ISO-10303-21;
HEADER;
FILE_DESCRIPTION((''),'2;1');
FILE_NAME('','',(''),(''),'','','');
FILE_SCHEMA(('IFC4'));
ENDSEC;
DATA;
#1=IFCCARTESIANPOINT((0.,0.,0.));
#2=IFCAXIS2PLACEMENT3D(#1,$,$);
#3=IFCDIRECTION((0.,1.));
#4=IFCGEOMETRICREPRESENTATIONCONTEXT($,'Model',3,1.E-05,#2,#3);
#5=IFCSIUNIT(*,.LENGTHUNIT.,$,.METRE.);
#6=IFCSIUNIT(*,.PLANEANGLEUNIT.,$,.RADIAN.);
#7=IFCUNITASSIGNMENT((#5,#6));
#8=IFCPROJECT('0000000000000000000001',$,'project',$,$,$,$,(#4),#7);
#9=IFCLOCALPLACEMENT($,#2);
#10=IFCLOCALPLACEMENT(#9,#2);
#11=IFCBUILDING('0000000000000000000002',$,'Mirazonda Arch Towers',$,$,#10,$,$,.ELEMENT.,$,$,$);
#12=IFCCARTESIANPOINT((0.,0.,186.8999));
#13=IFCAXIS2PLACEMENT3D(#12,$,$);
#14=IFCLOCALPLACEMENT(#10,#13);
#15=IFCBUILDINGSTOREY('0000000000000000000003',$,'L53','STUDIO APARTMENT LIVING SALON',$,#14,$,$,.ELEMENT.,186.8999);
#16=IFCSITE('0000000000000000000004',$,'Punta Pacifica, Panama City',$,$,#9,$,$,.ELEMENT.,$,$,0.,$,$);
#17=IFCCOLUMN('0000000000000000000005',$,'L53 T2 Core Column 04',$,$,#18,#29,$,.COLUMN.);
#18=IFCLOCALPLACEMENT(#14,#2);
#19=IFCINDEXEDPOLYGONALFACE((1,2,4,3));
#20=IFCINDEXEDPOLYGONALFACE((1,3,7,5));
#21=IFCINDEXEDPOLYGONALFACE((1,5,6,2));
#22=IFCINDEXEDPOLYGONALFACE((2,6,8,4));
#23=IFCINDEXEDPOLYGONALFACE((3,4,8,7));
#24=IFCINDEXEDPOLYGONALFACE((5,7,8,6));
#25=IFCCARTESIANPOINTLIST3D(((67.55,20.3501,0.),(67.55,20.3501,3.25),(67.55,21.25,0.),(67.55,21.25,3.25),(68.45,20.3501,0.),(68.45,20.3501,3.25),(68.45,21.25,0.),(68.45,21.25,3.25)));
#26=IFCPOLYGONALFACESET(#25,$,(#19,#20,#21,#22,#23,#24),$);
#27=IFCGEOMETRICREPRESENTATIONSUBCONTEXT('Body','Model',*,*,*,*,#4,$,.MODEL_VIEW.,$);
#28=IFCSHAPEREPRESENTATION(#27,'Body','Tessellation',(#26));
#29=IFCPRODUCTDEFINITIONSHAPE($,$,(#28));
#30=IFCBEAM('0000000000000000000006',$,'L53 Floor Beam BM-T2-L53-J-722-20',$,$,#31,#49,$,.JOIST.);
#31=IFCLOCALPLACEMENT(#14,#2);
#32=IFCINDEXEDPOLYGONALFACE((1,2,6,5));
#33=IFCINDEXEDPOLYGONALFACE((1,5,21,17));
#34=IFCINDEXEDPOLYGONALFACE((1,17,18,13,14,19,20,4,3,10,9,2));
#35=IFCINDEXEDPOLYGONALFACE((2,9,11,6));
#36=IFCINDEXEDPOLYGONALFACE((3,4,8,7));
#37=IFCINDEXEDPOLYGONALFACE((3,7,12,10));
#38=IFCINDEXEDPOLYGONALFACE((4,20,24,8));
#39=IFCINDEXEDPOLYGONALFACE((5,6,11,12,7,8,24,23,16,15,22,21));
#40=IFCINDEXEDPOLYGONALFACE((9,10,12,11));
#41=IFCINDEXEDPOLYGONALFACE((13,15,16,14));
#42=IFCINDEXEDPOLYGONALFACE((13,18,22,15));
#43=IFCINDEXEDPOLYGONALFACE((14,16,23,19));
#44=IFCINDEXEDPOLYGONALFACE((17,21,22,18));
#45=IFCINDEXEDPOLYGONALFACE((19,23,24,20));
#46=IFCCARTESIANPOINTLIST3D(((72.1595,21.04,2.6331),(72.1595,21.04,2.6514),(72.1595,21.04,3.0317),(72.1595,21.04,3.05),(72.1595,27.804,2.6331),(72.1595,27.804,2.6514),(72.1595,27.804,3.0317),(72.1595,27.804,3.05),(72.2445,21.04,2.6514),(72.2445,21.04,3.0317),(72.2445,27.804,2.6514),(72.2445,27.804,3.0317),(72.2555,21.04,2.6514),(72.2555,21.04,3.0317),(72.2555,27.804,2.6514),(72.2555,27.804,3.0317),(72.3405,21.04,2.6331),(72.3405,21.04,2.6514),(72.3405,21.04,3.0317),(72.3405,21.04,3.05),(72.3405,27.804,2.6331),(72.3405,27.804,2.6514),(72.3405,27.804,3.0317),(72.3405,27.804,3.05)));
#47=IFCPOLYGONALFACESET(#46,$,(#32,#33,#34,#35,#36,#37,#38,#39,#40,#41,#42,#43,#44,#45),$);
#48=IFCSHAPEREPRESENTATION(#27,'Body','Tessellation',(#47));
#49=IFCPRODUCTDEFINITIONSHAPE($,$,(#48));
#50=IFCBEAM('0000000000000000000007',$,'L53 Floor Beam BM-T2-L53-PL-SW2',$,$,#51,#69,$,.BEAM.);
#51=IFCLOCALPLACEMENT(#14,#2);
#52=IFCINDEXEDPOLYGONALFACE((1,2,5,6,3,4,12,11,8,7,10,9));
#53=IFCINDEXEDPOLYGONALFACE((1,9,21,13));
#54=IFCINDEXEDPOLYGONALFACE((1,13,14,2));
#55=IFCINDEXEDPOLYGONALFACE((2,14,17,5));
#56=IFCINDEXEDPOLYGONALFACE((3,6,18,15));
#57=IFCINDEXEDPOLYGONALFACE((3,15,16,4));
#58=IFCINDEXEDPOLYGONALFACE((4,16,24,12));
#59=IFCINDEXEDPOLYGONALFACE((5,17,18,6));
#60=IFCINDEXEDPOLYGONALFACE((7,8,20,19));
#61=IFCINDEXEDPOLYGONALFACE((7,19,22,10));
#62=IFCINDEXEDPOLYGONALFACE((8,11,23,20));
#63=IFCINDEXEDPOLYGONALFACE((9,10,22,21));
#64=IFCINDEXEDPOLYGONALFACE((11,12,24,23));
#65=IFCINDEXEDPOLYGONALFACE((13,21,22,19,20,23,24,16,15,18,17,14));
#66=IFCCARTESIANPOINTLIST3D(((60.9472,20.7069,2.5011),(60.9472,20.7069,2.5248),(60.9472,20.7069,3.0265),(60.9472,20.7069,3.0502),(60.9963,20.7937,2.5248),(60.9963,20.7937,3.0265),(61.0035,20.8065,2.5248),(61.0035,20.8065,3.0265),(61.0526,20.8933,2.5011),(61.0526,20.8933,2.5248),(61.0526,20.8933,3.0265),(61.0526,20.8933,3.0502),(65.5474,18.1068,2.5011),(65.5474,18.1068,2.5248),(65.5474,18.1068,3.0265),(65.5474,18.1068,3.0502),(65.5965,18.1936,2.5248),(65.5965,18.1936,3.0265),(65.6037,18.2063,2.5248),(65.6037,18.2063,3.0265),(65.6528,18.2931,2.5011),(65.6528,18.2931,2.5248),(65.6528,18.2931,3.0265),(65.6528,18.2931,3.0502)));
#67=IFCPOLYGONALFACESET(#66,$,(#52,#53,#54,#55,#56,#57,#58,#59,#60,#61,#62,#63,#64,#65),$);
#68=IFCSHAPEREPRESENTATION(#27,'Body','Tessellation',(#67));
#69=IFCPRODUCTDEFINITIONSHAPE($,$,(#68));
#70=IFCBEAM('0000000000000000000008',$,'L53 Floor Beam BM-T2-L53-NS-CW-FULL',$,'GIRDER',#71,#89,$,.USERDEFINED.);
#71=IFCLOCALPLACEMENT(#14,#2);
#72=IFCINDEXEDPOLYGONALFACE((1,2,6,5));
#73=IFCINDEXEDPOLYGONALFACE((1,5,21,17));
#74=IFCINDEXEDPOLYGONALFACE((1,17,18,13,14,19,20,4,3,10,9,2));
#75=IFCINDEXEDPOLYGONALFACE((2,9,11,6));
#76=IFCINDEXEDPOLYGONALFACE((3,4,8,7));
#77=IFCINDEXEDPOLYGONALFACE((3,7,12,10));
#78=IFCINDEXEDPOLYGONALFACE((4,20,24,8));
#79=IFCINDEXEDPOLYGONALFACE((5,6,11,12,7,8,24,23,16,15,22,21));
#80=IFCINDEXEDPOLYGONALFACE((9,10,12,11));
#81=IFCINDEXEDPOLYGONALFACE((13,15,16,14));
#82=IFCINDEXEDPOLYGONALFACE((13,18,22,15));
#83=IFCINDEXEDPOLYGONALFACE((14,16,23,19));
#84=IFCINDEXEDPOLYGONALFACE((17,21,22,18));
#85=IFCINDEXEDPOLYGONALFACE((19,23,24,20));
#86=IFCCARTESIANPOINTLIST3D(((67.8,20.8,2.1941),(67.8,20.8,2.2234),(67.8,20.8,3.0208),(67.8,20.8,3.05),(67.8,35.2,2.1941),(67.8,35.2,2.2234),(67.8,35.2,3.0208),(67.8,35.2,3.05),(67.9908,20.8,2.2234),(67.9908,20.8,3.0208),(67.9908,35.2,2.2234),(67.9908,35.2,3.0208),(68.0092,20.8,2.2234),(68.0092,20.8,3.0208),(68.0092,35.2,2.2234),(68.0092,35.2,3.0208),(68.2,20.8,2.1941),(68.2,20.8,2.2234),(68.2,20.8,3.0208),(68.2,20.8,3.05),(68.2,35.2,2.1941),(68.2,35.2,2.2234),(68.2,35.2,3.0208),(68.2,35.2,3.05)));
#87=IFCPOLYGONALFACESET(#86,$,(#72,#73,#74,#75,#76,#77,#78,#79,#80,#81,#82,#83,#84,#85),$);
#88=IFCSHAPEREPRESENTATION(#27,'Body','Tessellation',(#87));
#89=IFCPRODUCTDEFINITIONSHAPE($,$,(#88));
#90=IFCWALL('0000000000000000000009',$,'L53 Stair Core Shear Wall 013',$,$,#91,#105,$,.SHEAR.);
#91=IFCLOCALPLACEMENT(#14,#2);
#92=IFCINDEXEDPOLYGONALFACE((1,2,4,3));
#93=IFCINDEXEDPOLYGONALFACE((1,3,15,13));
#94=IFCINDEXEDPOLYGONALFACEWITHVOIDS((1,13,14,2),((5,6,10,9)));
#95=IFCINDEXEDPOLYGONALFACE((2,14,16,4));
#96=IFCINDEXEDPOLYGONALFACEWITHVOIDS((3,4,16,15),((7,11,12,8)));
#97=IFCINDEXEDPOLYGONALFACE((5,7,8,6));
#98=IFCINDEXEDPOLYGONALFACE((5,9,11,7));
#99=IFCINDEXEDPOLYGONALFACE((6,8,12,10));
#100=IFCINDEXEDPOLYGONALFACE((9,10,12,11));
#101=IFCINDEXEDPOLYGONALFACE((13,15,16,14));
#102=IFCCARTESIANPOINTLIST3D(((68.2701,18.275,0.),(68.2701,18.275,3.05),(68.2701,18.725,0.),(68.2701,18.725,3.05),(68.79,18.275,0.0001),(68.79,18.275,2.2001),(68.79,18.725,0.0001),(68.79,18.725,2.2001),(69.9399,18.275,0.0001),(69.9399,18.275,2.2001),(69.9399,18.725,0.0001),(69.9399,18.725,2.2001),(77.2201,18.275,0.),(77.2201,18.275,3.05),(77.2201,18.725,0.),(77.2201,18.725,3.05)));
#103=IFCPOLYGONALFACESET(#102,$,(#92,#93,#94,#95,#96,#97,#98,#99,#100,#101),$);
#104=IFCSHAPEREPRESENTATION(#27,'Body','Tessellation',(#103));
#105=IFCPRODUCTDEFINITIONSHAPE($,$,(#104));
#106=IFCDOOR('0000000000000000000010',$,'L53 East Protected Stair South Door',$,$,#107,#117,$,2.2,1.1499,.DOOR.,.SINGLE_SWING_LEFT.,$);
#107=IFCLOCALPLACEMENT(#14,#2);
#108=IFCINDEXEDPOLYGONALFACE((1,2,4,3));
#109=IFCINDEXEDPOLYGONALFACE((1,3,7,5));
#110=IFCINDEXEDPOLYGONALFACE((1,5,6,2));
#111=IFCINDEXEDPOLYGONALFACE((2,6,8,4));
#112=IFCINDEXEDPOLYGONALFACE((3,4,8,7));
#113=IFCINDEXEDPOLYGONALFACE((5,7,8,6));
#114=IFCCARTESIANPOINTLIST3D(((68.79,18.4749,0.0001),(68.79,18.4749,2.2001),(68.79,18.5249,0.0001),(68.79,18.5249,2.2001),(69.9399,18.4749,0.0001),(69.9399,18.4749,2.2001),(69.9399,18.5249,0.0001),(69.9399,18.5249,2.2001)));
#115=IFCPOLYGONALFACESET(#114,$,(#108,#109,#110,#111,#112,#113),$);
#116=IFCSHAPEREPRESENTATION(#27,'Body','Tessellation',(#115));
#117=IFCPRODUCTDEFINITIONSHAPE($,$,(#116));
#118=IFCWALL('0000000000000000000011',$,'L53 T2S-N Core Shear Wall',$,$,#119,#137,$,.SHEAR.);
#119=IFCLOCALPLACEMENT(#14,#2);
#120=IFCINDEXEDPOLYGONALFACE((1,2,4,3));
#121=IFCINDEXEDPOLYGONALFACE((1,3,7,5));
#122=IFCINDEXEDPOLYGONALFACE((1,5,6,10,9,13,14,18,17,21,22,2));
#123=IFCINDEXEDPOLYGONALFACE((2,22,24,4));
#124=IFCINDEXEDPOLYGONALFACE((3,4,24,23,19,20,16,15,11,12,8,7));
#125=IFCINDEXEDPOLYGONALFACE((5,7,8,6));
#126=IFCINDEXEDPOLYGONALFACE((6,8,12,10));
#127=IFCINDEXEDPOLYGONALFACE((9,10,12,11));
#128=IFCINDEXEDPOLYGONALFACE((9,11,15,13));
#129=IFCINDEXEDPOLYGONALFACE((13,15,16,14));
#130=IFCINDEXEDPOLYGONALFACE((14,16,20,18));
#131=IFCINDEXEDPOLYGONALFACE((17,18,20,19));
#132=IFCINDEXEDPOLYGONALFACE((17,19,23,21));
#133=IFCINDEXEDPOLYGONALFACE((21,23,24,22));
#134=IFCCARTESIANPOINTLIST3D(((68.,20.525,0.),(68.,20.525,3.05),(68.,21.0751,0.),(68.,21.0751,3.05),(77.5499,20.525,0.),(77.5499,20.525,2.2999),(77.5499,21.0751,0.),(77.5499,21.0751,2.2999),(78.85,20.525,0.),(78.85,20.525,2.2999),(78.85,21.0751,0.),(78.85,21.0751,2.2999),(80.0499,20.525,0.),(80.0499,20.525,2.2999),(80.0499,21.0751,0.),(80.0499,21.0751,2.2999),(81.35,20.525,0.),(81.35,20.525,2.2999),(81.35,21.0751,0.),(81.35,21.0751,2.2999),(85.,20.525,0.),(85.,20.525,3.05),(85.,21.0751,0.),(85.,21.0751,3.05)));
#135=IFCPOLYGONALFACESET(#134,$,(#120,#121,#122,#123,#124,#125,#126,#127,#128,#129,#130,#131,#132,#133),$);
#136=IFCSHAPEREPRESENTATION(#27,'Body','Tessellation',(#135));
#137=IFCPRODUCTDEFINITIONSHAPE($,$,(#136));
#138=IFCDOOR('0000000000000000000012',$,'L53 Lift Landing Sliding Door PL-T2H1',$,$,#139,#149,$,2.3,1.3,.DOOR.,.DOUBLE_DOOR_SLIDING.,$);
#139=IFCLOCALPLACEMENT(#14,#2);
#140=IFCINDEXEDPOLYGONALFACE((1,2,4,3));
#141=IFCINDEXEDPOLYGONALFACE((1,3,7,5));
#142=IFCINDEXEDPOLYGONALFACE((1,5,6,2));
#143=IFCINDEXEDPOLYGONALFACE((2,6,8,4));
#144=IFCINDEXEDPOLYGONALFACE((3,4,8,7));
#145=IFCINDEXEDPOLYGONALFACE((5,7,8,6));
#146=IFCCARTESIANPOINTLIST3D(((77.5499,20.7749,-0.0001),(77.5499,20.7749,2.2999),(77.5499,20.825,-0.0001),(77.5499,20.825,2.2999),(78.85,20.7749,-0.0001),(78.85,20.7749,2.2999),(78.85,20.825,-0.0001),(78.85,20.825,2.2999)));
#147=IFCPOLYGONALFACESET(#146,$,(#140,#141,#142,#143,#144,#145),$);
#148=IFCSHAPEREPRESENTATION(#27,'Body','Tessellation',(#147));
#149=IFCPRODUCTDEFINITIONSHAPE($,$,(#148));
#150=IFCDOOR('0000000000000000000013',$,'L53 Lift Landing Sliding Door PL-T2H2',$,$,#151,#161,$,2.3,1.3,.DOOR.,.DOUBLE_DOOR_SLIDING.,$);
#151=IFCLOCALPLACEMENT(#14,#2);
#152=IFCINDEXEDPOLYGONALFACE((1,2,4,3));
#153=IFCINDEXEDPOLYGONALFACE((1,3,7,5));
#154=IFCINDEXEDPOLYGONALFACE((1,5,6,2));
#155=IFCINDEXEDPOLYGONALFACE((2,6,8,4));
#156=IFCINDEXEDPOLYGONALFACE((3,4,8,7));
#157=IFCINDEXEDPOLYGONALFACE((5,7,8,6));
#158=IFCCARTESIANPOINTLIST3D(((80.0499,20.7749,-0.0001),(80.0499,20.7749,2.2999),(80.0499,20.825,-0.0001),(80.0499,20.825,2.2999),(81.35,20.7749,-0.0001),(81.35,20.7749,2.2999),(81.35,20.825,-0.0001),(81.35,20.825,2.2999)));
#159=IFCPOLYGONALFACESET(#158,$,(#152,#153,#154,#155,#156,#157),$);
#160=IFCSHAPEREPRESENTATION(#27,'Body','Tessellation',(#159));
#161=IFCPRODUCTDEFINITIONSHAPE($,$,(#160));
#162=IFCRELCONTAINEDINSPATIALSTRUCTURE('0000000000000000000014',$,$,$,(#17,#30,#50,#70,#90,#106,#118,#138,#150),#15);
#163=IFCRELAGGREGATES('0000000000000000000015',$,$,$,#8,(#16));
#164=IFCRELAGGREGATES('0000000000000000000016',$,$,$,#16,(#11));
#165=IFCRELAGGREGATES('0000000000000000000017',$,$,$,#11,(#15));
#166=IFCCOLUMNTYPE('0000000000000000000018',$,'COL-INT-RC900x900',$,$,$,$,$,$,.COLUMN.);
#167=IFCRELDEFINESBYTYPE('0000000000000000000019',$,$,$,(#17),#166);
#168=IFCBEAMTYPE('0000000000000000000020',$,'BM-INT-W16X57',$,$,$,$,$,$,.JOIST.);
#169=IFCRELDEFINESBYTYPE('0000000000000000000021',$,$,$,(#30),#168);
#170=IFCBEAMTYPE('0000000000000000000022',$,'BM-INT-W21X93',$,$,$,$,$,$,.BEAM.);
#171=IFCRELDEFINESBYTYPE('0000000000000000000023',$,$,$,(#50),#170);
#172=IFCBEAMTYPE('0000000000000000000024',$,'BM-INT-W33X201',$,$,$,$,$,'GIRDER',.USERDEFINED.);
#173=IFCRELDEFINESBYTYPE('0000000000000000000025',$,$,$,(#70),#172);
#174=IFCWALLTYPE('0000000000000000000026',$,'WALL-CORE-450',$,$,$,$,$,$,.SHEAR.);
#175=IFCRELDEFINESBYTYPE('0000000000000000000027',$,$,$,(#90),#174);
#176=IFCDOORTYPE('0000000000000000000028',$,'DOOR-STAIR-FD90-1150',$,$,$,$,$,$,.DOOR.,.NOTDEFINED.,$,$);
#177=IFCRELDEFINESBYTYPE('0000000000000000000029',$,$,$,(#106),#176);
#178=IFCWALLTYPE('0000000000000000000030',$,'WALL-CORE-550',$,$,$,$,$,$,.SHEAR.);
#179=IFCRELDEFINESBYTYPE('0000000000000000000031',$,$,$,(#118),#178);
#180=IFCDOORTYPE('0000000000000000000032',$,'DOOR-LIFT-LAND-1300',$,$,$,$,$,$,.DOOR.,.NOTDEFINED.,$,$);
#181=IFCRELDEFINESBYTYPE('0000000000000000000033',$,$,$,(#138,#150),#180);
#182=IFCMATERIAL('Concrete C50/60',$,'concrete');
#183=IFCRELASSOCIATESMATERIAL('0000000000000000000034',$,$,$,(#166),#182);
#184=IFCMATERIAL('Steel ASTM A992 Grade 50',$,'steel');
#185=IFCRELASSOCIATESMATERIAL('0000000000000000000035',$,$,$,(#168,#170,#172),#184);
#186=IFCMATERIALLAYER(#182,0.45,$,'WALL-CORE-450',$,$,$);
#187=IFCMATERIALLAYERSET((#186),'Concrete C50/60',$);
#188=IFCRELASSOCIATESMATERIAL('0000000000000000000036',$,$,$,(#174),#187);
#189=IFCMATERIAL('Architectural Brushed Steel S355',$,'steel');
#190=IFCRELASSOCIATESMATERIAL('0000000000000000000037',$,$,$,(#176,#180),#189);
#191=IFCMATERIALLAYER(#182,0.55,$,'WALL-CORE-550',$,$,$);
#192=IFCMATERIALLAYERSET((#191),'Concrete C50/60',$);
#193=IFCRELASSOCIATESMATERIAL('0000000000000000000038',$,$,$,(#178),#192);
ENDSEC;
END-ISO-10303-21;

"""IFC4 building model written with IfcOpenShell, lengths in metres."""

from ifc_helpers import new_model, si_unit, direction, frame, frame_2d, origin, origin_2d, place, context, subcontext, project, spatial, rectangle, i_section, extrude, material, layer, layer_set, material_profile, profile_set, type_object, element, fill, save


model = new_model("IFC4")

# Units and contexts
model_context = context("Model", 3, precision=1e-05, world=origin(), true_north=direction((0.0, 1.0)))
body_context = subcontext(model_context, "Body", "Model", "MODEL_VIEW")
ifc_project = project(units=[si_unit("LENGTHUNIT", "METRE"), si_unit("PLANEANGLEUNIT", "RADIAN")], contexts=[model_context])

# Site, building, storey
site_placement = place(None, origin())
site = spatial("IfcSite", under=ifc_project, at=site_placement, Name="Punta Pacifica, Panama City", CompositionType="ELEMENT", RefElevation=0.0)
building_placement = place(site_placement, origin())
building = spatial("IfcBuilding", under=site, at=building_placement, Name="Mirazonda Arch Towers", CompositionType="ELEMENT")
storey_placement = place(building_placement, frame((0.0, 0.0, 186.8999)))
storey = spatial("IfcBuildingStorey", under=building, at=storey_placement, Name="L53", Description="STUDIO APARTMENT LIVING SALON", CompositionType="ELEMENT", Elevation=186.8999)

# Column
ifc_material_1 = material(Name="Concrete C50/60", Category="concrete")
ifc_material_profile_1 = material_profile(ifc_material_1, rectangle(XDim=0.8999, YDim=0.8999, at=origin_2d()), Name="RC900x900")
ifc_profile_set_1 = profile_set([ifc_material_profile_1], Name="Concrete C50/60")
column_type = type_object("IfcColumnType", Name="COL-INT-RC900x900", PredefinedType="COLUMN", material=ifc_profile_set_1)
column_placement = place(storey_placement, frame((68.0, 20.8, 0.0), z_axis=(0.0, 0.0, 1.0), x_axis=(1.0, 0.0, 0.0)))
element("IfcColumn", 1, at=column_placement, inside=storey, type_object=column_type, Name="L53 T2 Core Column 04", PredefinedType="COLUMN", context=body_context, shape_type="SweptSolid", body=[
    extrude(rectangle(XDim=0.8999, YDim=0.8999, at=origin_2d()), origin(), (0.0, 0.0, 1.0), 3.25),
])

# Beams
ifc_material_2 = material(Name="Steel ASTM A992 Grade 50", Category="steel")
ifc_material_profile_2 = material_profile(ifc_material_2, i_section(OverallWidth=0.1809, OverallDepth=0.417, WebThickness=0.011, FlangeThickness=0.0183, at=origin_2d()), Name="W16X57")
ifc_profile_set_2 = profile_set([ifc_material_profile_2], Name="Steel ASTM A992 Grade 50")
beam_type_1 = type_object("IfcBeamType", Name="BM-INT-W16X57", PredefinedType="JOIST", material=ifc_profile_set_2)
beam_1_placement = place(storey_placement, frame((72.25, 21.04, 2.8416), z_axis=(0.0, 1.0, 0.0), x_axis=(-1.0, 0.0, 0.0)))
element("IfcBeam", 2, at=beam_1_placement, inside=storey, type_object=beam_type_1, Name="L53 Floor Beam BM-T2-L53-J-722-20", PredefinedType="JOIST", context=body_context, shape_type="SweptSolid", body=[
    extrude(i_section(OverallWidth=0.1809, OverallDepth=0.417, WebThickness=0.011, FlangeThickness=0.0183, at=origin_2d()), origin(), (0.0, 0.0, 1.0), 6.7639),
])
ifc_material_profile_3 = material_profile(ifc_material_2, i_section(OverallWidth=0.2141, OverallDepth=0.5491, WebThickness=0.0146, FlangeThickness=0.0237, at=origin_2d()), Name="W21X93")
ifc_profile_set_3 = profile_set([ifc_material_profile_3], Name="Steel ASTM A992 Grade 50")
beam_type_2 = type_object("IfcBeamType", Name="BM-INT-W21X93", PredefinedType="BEAM", material=ifc_profile_set_3)
beam_2_placement = place(storey_placement, frame((65.6001, 18.2, 2.7756), z_axis=(-0.870559, 0.492063, 0.0), x_axis=(-0.492063, -0.870559, 0.0)))
element("IfcBeam", 3, at=beam_2_placement, inside=storey, type_object=beam_type_2, Name="L53 Floor Beam BM-T2-L53-PL-SW2", PredefinedType="BEAM", context=body_context, shape_type="SweptSolid", body=[
    extrude(i_section(OverallWidth=0.2141, OverallDepth=0.5491, WebThickness=0.0146, FlangeThickness=0.0237, at=origin_2d()), origin(), (0.0, 0.0, 1.0), 5.2842),
])
ifc_material_profile_4 = material_profile(ifc_material_2, i_section(OverallWidth=0.3999, OverallDepth=0.856, WebThickness=0.0183, FlangeThickness=0.0293, at=origin_2d()), Name="W33X201")
ifc_profile_set_4 = profile_set([ifc_material_profile_4], Name="Steel ASTM A992 Grade 50")
beam_type_3 = type_object("IfcBeamType", Name="BM-INT-W33X201", ElementType="GIRDER", PredefinedType="USERDEFINED", material=ifc_profile_set_4)
beam_3_placement = place(storey_placement, frame((68.0, 20.8, 2.6221), z_axis=(0.0, 1.0, 0.0), x_axis=(-1.0, 0.0, 0.0)))
element("IfcBeam", 4, at=beam_3_placement, inside=storey, type_object=beam_type_3, Name="L53 Floor Beam BM-T2-L53-NS-CW-FULL", ObjectType="GIRDER", PredefinedType="USERDEFINED", context=body_context, shape_type="SweptSolid", body=[
    extrude(i_section(OverallWidth=0.3999, OverallDepth=0.856, WebThickness=0.0183, FlangeThickness=0.0293, at=origin_2d()), origin(), (0.0, 0.0, 1.0), 14.3999),
])

# Wall, opening, door
ifc_layer_1 = layer(ifc_material_1, 0.45, Name="WALL-CORE-450")
ifc_layer_set_1 = layer_set([ifc_layer_1], Name="Concrete C50/60")
wall_type_1 = type_object("IfcWallType", Name="WALL-CORE-450", PredefinedType="SHEAR", material=ifc_layer_set_1)
wall_1_placement = place(storey_placement, frame((68.27, 18.5, 0.0), z_axis=(0.0, 0.0, 1.0), x_axis=(1.0, 0.0, 0.0)))
wall_1 = element("IfcWall", 5, at=wall_1_placement, inside=storey, type_object=wall_type_1, Name="L53 Stair Core Shear Wall 013", PredefinedType="SHEAR", context=body_context, shape_type="SweptSolid", body=[
    extrude(rectangle(XDim=8.95, YDim=0.45, at=frame_2d((4.4751, 0.0))), origin(), (0.0, 0.0, 1.0), 3.05),
])
opening_1_placement = place(wall_1_placement, frame((0.52, 0.0, 0.0)))
opening_1 = element("IfcOpeningElement", 6, at=opening_1_placement, cuts=wall_1, PredefinedType="OPENING", context=body_context, shape_type="SweptSolid", body=[
    extrude(rectangle(XDim=1.1499, YDim=2.2, at=frame_2d((0.575, 1.1001))), frame((0.0, 0.2349, 0.0), z_axis=(0.0, -1.0, 0.0), x_axis=(1.0, 0.0, 0.0)), (0.0, 0.0, 1.0), 0.47),
])
ifc_material_3 = material(Name="Architectural Brushed Steel S355", Category="steel")
door_type_1 = type_object("IfcDoorType", Name="DOOR-STAIR-FD90-1150", OperationType="NOTDEFINED", PredefinedType="DOOR", material=ifc_material_3)
door_1_placement = place(opening_1_placement, origin())
door_1 = element("IfcDoor", 7, at=door_1_placement, inside=storey, type_object=door_type_1, Name="L53 East Protected Stair South Door", OperationType="SINGLE_SWING_LEFT", OverallHeight=2.2, OverallWidth=1.1499, PredefinedType="DOOR", context=body_context, shape_type="SweptSolid", body=[
    extrude(rectangle(XDim=1.1499, YDim=2.2, at=frame_2d((0.575, 1.1001))), frame((0.0, 0.0249, 0.0), z_axis=(0.0, -1.0, 0.0), x_axis=(1.0, 0.0, 0.0)), (0.0, 0.0, 1.0), 0.05),
])
fill(opening_1, door_1)

# Wall, openings, doors
ifc_layer_2 = layer(ifc_material_1, 0.55, Name="WALL-CORE-550")
ifc_layer_set_2 = layer_set([ifc_layer_2], Name="Concrete C50/60")
wall_type_2 = type_object("IfcWallType", Name="WALL-CORE-550", PredefinedType="SHEAR", material=ifc_layer_set_2)
wall_2_placement = place(storey_placement, frame((68.0, 20.8, 0.0), z_axis=(0.0, 0.0, 1.0), x_axis=(1.0, 0.0, 0.0)))
wall_2 = element("IfcWall", 8, at=wall_2_placement, inside=storey, type_object=wall_type_2, Name="L53 T2S-N Core Shear Wall", PredefinedType="SHEAR", context=body_context, shape_type="SweptSolid", body=[
    extrude(rectangle(XDim=17.0, YDim=0.55, at=frame_2d((8.5, 0.0))), origin(), (0.0, 0.0, 1.0), 3.05),
])
opening_2_placement = place(wall_2_placement, frame((9.55, 0.0, 0.0)))
opening_2 = element("IfcOpeningElement", 9, at=opening_2_placement, cuts=wall_2, PredefinedType="OPENING", context=body_context, shape_type="SweptSolid", body=[
    extrude(rectangle(XDim=1.3, YDim=2.3, at=frame_2d((0.6499, 1.1499))), frame((0.0, 0.2849, 0.0), z_axis=(0.0, -1.0, 0.0), x_axis=(1.0, 0.0, 0.0)), (0.0, 0.0, 1.0), 0.5701),
])
opening_3_placement = place(wall_2_placement, frame((12.05, 0.0, 0.0)))
opening_3 = element("IfcOpeningElement", 10, at=opening_3_placement, cuts=wall_2, PredefinedType="OPENING", context=body_context, shape_type="SweptSolid", body=[
    extrude(rectangle(XDim=1.3, YDim=2.3, at=frame_2d((0.6499, 1.1499))), frame((0.0, 0.2849, 0.0), z_axis=(0.0, -1.0, 0.0), x_axis=(1.0, 0.0, 0.0)), (0.0, 0.0, 1.0), 0.5701),
])
door_type_2 = type_object("IfcDoorType", Name="DOOR-LIFT-LAND-1300", OperationType="NOTDEFINED", PredefinedType="DOOR", material=ifc_material_3)
door_2_placement = place(opening_2_placement, origin())
door_2 = element("IfcDoor", 11, at=door_2_placement, inside=storey, type_object=door_type_2, Name="L53 Lift Landing Sliding Door PL-T2H1", OperationType="DOUBLE_DOOR_SLIDING", OverallHeight=2.3, OverallWidth=1.3, PredefinedType="DOOR", context=body_context, shape_type="SweptSolid", body=[
    extrude(rectangle(XDim=1.3, YDim=2.3, at=frame_2d((0.6499, 1.1499))), frame((0.0, 0.0249, 0.0), z_axis=(0.0, -1.0, 0.0), x_axis=(1.0, 0.0, 0.0)), (0.0, 0.0, 1.0), 0.05),
])
fill(opening_2, door_2)
door_3_placement = place(opening_3_placement, origin())
door_3 = element("IfcDoor", 12, at=door_3_placement, inside=storey, type_object=door_type_2, Name="L53 Lift Landing Sliding Door PL-T2H2", OperationType="DOUBLE_DOOR_SLIDING", OverallHeight=2.3, OverallWidth=1.3, PredefinedType="DOOR", context=body_context, shape_type="SweptSolid", body=[
    extrude(rectangle(XDim=1.3, YDim=2.3, at=frame_2d((0.6499, 1.1499))), frame((0.0, 0.0249, 0.0), z_axis=(0.0, -1.0, 0.0), x_axis=(1.0, 0.0, 0.0)), (0.0, 0.0, 1.0), 0.05),
])
fill(opening_3, door_3)

save(model, "model.ifc")
